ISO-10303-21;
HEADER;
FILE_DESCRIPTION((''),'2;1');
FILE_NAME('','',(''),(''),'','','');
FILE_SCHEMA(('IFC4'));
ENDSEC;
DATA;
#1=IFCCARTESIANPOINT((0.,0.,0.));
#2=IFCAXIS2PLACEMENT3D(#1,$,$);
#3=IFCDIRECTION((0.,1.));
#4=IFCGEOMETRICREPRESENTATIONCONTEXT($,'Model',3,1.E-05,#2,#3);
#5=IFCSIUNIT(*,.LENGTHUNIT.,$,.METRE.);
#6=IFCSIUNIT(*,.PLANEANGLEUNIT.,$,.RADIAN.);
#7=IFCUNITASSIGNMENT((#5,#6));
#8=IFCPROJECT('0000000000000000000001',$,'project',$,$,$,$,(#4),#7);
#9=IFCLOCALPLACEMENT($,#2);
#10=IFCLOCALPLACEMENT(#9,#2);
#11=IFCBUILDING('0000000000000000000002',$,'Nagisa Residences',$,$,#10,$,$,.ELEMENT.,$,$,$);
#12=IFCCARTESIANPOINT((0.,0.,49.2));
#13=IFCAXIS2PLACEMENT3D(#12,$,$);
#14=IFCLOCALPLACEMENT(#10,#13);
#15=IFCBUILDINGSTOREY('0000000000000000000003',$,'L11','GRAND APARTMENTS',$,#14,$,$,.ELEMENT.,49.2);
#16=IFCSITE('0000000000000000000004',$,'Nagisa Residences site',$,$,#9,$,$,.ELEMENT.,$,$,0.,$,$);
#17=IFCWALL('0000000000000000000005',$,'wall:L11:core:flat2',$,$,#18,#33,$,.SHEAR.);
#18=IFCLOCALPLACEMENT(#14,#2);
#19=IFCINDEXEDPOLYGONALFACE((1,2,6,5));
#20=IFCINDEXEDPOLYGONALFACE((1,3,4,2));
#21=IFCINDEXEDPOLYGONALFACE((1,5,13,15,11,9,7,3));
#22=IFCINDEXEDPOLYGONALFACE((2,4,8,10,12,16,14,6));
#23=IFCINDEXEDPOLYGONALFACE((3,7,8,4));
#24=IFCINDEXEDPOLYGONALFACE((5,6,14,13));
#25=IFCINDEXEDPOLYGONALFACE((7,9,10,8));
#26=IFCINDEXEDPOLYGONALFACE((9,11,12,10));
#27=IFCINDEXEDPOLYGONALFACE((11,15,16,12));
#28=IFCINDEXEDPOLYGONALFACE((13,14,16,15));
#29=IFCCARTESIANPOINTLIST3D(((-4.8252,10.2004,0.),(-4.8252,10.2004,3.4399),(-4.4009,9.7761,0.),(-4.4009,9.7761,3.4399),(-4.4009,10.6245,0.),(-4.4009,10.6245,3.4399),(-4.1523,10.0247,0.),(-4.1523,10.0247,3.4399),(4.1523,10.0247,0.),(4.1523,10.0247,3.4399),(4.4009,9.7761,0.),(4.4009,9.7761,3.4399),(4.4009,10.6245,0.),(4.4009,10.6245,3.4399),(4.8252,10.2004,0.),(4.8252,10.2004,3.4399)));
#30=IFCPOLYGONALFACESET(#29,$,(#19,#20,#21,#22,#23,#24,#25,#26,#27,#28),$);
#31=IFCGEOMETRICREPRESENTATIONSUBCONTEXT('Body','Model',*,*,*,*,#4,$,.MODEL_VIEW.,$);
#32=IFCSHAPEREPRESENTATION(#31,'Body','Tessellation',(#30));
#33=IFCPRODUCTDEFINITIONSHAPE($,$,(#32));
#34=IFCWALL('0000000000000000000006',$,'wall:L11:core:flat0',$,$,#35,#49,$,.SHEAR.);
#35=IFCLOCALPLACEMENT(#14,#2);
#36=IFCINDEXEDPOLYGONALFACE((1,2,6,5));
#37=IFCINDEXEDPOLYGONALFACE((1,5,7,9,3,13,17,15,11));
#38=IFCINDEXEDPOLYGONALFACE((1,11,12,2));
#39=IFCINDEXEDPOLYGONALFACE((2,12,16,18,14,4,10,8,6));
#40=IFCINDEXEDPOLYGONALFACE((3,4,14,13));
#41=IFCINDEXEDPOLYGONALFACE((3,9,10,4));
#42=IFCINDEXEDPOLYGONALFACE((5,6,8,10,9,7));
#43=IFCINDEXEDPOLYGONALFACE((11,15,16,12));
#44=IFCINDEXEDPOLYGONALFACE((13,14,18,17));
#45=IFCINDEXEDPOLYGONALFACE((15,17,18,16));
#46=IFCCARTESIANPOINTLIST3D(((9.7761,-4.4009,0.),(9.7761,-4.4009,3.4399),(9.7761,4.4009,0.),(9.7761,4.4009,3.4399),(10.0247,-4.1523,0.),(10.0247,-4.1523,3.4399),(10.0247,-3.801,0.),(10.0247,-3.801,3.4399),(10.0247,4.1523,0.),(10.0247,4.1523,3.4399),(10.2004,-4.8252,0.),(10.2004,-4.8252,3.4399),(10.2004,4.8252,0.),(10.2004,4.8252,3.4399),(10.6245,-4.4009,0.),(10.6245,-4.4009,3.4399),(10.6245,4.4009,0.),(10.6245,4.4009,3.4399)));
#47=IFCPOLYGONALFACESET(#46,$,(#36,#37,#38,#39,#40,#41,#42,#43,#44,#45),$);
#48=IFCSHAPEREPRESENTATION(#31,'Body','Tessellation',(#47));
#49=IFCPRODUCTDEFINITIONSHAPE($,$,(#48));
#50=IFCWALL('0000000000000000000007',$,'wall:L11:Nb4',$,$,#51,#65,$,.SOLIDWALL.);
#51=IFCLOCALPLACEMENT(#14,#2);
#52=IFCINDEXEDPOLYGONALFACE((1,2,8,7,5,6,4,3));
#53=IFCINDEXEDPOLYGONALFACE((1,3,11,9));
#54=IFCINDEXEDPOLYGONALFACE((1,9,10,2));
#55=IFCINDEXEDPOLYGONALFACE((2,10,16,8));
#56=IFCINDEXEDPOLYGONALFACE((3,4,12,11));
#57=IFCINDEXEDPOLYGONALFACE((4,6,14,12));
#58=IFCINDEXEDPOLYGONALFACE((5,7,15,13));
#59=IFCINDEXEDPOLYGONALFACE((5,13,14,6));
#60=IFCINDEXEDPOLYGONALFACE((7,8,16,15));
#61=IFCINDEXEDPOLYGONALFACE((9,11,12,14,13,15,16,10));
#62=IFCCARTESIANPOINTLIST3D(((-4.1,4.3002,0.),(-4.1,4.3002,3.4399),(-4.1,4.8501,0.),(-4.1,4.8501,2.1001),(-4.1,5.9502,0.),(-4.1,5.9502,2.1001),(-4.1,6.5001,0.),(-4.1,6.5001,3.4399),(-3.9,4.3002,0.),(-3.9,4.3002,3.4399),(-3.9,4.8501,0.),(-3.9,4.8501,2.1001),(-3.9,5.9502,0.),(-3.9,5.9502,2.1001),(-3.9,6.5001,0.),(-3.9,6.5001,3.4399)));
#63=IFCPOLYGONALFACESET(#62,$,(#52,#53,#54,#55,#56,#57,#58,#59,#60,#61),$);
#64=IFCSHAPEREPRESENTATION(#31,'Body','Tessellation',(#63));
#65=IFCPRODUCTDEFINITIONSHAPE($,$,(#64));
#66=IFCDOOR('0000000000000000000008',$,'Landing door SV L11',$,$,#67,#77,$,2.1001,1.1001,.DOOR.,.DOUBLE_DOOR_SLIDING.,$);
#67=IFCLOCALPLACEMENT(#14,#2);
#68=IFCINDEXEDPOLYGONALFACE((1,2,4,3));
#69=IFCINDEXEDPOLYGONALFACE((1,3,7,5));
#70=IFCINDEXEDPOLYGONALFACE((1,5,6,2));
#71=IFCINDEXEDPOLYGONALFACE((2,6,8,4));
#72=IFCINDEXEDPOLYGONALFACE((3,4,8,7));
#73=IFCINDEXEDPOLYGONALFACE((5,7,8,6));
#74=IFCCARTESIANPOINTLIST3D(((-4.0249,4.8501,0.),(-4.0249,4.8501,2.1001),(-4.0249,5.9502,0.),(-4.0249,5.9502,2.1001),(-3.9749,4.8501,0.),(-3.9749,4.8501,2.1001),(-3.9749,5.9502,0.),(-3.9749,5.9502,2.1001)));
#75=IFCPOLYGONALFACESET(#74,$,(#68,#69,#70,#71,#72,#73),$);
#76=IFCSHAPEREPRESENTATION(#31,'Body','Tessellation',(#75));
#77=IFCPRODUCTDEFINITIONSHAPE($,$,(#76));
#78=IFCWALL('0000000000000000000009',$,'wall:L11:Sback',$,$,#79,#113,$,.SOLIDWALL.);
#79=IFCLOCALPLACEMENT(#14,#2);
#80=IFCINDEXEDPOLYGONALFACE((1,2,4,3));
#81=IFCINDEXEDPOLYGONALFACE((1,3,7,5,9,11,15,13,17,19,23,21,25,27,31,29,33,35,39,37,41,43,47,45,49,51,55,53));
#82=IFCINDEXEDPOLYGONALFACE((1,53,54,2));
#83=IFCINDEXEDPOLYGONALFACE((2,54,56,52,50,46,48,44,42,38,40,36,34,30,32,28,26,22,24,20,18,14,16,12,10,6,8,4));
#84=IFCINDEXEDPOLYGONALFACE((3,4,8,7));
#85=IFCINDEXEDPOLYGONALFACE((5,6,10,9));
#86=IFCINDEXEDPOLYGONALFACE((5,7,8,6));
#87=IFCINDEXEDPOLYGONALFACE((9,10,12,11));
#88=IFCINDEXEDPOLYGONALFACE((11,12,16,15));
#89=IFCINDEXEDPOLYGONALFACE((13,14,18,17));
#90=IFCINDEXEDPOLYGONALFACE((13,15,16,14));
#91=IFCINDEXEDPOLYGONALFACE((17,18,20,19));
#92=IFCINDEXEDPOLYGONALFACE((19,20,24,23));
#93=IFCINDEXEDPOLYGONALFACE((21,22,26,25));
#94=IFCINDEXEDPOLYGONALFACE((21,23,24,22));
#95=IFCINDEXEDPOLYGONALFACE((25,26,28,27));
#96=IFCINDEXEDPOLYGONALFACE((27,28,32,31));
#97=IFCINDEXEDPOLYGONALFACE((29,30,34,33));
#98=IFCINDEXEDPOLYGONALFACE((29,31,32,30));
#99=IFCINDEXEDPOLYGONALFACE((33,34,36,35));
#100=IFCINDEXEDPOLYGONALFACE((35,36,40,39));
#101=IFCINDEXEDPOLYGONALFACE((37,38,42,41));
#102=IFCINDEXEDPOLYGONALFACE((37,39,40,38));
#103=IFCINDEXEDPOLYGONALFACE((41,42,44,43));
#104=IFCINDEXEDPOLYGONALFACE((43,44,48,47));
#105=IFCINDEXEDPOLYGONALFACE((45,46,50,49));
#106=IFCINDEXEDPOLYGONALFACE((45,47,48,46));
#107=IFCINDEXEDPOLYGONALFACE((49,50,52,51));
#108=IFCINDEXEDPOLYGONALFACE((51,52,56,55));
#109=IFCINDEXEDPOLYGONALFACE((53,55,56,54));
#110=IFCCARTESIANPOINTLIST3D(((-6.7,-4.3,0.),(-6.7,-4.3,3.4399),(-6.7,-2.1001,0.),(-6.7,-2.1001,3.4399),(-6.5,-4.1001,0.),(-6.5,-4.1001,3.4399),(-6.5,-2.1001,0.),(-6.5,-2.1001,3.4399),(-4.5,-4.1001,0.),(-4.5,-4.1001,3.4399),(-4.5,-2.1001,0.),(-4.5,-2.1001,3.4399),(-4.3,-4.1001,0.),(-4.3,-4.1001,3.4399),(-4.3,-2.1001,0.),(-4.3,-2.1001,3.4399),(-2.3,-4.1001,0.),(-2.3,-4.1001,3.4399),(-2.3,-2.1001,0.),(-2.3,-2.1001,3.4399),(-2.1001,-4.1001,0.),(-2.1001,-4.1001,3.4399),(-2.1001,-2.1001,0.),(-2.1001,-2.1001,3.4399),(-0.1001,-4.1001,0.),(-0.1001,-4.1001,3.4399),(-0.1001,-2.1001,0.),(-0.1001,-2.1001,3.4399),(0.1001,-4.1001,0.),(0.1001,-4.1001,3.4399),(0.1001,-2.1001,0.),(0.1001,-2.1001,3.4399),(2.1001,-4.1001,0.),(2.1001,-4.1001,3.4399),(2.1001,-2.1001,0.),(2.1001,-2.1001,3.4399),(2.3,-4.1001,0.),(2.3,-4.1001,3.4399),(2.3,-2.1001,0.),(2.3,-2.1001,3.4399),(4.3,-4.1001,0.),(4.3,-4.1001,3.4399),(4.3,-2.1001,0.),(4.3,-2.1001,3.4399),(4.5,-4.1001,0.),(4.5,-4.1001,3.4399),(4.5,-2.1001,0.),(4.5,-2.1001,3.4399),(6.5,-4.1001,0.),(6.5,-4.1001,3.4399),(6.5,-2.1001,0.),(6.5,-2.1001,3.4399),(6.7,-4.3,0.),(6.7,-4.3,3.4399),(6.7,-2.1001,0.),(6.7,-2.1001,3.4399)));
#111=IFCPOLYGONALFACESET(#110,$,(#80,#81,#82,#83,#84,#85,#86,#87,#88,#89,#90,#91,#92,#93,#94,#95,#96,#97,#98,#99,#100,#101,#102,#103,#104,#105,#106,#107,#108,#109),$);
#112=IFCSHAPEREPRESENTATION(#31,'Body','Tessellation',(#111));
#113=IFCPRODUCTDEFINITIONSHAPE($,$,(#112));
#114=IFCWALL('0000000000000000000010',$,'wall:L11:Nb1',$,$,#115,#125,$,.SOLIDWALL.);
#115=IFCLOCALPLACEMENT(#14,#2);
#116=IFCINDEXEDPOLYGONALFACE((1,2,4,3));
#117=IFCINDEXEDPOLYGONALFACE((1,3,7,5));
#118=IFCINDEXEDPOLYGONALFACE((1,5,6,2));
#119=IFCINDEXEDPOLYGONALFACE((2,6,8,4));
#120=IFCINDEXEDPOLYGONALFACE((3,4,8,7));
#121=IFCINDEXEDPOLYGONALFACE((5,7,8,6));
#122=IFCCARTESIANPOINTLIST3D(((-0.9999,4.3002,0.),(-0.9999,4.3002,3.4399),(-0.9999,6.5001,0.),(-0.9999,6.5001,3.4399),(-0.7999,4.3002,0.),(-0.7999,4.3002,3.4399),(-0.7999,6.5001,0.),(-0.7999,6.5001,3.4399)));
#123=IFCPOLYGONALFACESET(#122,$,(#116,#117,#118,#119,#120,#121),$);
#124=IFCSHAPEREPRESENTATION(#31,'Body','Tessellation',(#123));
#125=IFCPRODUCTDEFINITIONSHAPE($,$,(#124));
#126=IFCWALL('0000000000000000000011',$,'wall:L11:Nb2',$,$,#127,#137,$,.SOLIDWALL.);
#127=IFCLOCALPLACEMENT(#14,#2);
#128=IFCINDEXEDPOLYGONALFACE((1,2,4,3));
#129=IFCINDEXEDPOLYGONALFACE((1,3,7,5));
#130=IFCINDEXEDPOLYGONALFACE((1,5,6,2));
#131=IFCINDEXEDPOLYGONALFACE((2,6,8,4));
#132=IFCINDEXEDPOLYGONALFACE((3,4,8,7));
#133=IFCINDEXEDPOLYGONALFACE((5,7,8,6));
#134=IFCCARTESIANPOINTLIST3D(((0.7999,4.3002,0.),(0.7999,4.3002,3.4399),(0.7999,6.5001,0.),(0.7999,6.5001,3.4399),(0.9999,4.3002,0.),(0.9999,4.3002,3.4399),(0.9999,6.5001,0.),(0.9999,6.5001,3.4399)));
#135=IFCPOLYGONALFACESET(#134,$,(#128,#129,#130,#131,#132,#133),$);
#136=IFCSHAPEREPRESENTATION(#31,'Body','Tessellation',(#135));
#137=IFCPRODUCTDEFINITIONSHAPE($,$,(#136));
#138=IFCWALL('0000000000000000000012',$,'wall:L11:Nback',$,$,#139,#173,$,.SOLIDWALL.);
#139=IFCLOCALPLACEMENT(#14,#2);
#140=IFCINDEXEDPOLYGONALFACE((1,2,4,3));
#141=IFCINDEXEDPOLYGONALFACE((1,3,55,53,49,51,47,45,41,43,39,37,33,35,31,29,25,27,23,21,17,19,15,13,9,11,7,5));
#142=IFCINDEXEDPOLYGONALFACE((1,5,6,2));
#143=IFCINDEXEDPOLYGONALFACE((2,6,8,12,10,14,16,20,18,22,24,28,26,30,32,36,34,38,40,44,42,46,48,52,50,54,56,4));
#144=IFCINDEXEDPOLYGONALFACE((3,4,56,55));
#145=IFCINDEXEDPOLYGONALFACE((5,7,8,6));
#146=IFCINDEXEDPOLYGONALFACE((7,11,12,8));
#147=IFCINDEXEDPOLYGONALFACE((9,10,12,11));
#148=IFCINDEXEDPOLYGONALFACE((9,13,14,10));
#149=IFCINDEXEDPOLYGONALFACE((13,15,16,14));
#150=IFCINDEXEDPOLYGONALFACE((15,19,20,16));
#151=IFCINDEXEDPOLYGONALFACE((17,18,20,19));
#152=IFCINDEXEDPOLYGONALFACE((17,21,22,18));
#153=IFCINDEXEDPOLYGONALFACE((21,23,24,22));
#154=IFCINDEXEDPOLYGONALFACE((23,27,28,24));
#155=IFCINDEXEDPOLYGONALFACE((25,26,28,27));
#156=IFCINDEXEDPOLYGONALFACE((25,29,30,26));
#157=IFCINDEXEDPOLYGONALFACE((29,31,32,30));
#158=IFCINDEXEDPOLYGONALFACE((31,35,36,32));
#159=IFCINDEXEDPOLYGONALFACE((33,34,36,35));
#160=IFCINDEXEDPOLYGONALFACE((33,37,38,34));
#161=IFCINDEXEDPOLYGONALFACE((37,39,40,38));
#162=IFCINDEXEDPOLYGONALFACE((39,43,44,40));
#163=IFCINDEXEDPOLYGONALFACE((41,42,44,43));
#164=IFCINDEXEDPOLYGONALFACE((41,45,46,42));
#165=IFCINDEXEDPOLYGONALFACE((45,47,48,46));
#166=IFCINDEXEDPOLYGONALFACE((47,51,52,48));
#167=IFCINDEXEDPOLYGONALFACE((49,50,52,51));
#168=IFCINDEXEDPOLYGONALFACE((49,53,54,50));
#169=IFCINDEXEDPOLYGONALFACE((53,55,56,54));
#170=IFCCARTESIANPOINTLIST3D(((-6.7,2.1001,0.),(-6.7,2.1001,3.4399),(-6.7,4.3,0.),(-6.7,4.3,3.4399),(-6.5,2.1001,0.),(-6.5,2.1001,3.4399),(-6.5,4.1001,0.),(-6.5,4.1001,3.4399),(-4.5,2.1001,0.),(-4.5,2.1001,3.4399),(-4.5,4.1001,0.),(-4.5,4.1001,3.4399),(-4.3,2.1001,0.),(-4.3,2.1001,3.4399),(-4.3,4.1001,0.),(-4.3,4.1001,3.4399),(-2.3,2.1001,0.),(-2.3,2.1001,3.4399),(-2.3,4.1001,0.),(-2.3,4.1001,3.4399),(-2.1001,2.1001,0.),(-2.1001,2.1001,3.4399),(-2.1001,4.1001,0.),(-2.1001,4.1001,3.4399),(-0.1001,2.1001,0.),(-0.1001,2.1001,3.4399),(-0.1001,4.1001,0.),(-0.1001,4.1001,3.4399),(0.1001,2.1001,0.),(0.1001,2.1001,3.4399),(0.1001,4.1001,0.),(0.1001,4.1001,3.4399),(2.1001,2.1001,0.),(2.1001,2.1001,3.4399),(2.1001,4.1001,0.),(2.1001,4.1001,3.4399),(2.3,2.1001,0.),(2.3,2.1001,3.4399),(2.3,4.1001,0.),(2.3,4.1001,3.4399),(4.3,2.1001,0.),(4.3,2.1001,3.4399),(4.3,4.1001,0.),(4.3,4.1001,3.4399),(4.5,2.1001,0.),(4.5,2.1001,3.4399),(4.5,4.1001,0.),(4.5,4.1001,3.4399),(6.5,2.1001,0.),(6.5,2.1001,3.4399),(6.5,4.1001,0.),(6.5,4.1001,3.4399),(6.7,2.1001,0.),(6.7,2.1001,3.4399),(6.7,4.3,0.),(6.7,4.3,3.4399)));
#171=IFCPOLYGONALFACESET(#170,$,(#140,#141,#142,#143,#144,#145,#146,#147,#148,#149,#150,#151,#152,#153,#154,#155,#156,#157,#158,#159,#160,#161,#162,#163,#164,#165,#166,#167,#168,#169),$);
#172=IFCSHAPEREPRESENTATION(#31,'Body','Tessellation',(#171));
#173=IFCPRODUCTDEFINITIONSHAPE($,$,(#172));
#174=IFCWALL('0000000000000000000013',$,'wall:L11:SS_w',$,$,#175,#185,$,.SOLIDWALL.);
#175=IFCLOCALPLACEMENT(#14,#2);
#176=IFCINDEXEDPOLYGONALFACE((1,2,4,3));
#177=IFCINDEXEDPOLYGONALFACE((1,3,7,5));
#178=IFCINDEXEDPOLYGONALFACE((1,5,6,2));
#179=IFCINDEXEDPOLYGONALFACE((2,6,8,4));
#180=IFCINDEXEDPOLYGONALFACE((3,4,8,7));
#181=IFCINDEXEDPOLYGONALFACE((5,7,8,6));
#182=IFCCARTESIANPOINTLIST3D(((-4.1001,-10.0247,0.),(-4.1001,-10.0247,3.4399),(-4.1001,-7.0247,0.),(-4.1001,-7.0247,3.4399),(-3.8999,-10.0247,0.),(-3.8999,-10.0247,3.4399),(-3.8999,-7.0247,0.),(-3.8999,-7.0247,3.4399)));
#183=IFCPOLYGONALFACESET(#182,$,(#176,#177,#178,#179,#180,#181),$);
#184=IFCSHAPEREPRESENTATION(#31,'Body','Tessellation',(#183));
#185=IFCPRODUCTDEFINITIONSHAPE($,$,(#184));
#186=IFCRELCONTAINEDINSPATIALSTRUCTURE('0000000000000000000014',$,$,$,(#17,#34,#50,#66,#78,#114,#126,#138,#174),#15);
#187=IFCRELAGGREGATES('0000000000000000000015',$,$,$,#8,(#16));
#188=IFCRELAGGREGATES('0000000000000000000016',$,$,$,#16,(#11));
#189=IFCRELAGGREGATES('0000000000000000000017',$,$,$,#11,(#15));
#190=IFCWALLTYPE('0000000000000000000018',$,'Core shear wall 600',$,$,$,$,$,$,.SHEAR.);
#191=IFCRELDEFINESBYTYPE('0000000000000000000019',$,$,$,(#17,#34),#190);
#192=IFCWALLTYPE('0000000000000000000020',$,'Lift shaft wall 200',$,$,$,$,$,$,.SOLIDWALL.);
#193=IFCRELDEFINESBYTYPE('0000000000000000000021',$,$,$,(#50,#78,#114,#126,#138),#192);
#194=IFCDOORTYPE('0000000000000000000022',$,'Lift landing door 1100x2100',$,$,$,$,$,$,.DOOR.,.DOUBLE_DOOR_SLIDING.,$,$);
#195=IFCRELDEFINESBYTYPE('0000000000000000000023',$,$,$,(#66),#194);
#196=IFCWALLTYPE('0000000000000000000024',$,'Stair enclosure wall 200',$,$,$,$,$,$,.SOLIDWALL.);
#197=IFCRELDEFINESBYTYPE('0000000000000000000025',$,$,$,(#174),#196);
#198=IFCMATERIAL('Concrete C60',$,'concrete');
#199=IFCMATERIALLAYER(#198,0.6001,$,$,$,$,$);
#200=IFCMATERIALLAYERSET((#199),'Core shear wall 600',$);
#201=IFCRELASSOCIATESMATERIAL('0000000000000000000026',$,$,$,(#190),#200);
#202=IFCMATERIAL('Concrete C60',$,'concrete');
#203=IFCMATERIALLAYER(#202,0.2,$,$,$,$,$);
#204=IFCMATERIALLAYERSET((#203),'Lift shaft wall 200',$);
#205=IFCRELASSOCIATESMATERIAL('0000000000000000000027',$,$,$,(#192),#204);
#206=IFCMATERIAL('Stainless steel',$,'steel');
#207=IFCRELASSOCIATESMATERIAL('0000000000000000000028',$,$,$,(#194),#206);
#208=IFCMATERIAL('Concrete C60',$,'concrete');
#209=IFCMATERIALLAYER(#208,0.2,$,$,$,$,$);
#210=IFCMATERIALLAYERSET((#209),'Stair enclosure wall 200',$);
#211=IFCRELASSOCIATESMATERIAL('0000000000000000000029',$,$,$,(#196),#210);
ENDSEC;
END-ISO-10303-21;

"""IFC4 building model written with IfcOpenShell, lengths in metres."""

from ifc_helpers import new_model, si_unit, direction, frame, frame_2d, origin, place, context, subcontext, project, spatial, polyline, rectangle, outline, extrude, material, layer, layer_set, type_object, element, fill, save


model = new_model("IFC4")

# Units and contexts
model_context = context("Model", 3, precision=1e-05, world=origin(), true_north=direction((0.0, 1.0)))
body_context = subcontext(model_context, "Body", "Model", "MODEL_VIEW")
ifc_project = project(units=[si_unit("LENGTHUNIT", "METRE"), si_unit("PLANEANGLEUNIT", "RADIAN")], contexts=[model_context])

# Site, building, storey
site_placement = place(None, origin())
site = spatial("IfcSite", under=ifc_project, at=site_placement, Name="Nagisa Residences site", CompositionType="ELEMENT", RefElevation=0.0)
building_placement = place(site_placement, origin())
building = spatial("IfcBuilding", under=site, at=building_placement, Name="Nagisa Residences", CompositionType="ELEMENT")
storey_placement = place(building_placement, frame((0.0, 0.0, 49.2)))
storey = spatial("IfcBuildingStorey", under=building, at=storey_placement, Name="L11", Description="GRAND APARTMENTS", CompositionType="ELEMENT", Elevation=49.2)

# Shared definitions
ifc_material_1 = material(Name="Concrete C60", Category="concrete")
ifc_layer_1 = layer(ifc_material_1, 0.6001)
ifc_layer_set_1 = layer_set([ifc_layer_1], Name="Core shear wall 600")
wall_type_1 = type_object("IfcWallType", Name="Core shear wall 600", PredefinedType="SHEAR", material=ifc_layer_set_1)

# Walls
wall_1_placement = place(storey_placement, origin())
element("IfcWall", 1, at=wall_1_placement, inside=storey, type_object=wall_type_1, Name="wall:L11:core:flat2", PredefinedType="SHEAR", context=body_context, shape_type="SweptSolid", body=[
    extrude(outline(polyline([(-4.1523, 10.0247), (-4.4009, 9.7761), (-4.8252, 10.2004), (-4.4009, 10.6245), (4.4009, 10.6245), (4.8252, 10.2004), (4.4009, 9.7761), (4.1523, 10.0247), (-4.1523, 10.0247)])), origin(), (0.0, 0.0, 1.0), 3.4399),
])
wall_2_placement = place(storey_placement, origin())
element("IfcWall", 2, at=wall_2_placement, inside=storey, type_object=wall_type_1, Name="wall:L11:core:flat0", PredefinedType="SHEAR", context=body_context, shape_type="SweptSolid", body=[
    extrude(outline(polyline([(9.7761, -4.4009), (10.0247, -4.1523), (10.0247, -3.801), (10.0247, 4.1523), (9.7761, 4.4009), (10.2004, 4.8252), (10.6245, 4.4009), (10.6245, -4.4009), (10.2004, -4.8252), (9.7761, -4.4009)])), origin(), (0.0, 0.0, 1.0), 3.4399),
])

# Wall, opening, door
ifc_material_2 = material(Name="Concrete C60", Category="concrete")
ifc_layer_2 = layer(ifc_material_2, 0.2)
ifc_layer_set_2 = layer_set([ifc_layer_2], Name="Lift shaft wall 200")
wall_type_2 = type_object("IfcWallType", Name="Lift shaft wall 200", PredefinedType="SOLIDWALL", material=ifc_layer_set_2)
wall_3_placement = place(storey_placement, frame((-4.0, 4.3, 0.0), z_axis=(0.0, 0.0, 1.0), x_axis=(0.0, 1.0, 0.0)))
wall_3 = element("IfcWall", 3, at=wall_3_placement, inside=storey, type_object=wall_type_2, Name="wall:L11:Nb4", PredefinedType="SOLIDWALL", context=body_context, shape_type="SweptSolid", body=[
    extrude(rectangle(XDim=2.2, YDim=0.2, at=frame_2d((1.1001, 0.0))), origin(), (0.0, 0.0, 1.0), 3.4399),
])
opening_1_placement = place(wall_3_placement, frame((0.55, 0.0, 0.0)))
opening_1 = element("IfcOpeningElement", 4, at=opening_1_placement, cuts=wall_3, PredefinedType="OPENING", context=body_context, shape_type="SweptSolid", body=[
    extrude(rectangle(XDim=1.1001, YDim=2.1001, at=frame_2d((0.55, 1.05))), frame((0.0, 0.1099, 0.0), z_axis=(0.0, -1.0, 0.0), x_axis=(1.0, 0.0, 0.0)), (0.0, 0.0, 1.0), 0.22),
])
ifc_material_3 = material(Name="Stainless steel", Category="steel")
door_type_1 = type_object("IfcDoorType", Name="Lift landing door 1100x2100", OperationType="DOUBLE_DOOR_SLIDING", PredefinedType="DOOR", material=ifc_material_3)
door_1_placement = place(opening_1_placement, origin())
door_1 = element("IfcDoor", 5, at=door_1_placement, inside=storey, type_object=door_type_1, Name="Landing door SV L11", OperationType="DOUBLE_DOOR_SLIDING", OverallHeight=2.1001, OverallWidth=1.1001, PredefinedType="DOOR", context=body_context, shape_type="SweptSolid", body=[
    extrude(rectangle(XDim=1.1001, YDim=2.1001, at=frame_2d((0.55, 1.05))), frame((0.0, 0.0249, 0.0), z_axis=(0.0, -1.0, 0.0), x_axis=(1.0, 0.0, 0.0)), (0.0, 0.0, 1.0), 0.05),
])
fill(opening_1, door_1)

# Walls
wall_4_placement = place(storey_placement, origin())
element("IfcWall", 6, at=wall_4_placement, inside=storey, type_object=wall_type_2, Name="wall:L11:Sback", PredefinedType="SOLIDWALL", context=body_context, shape_type="SweptSolid", body=[
    extrude(outline(polyline([(-6.7, -2.1001), (-6.5, -2.1001), (-6.5, -4.1001), (-4.5, -4.1001), (-4.5, -2.1001), (-4.3, -2.1001), (-4.3, -4.1001), (-2.3, -4.1001), (-2.3, -2.1001), (-2.1001, -2.1001), (-2.1001, -4.1001), (-0.1001, -4.1001), (-0.1001, -2.1001), (0.1001, -2.1001), (0.1001, -4.1001), (2.1001, -4.1001), (2.1001, -2.1001), (2.3, -2.1001), (2.3, -4.1001), (4.3, -4.1001), (4.3, -2.1001), (4.5, -2.1001), (4.5, -4.1001), (6.5, -4.1001), (6.5, -2.1001), (6.7, -2.1001), (6.7, -4.3), (-6.7, -4.3), (-6.7, -2.1001)])), origin(), (0.0, 0.0, 1.0), 3.4399),
])
for number, where, z_axis, x_axis, name in (
    (7, (-0.8999, 4.3, 0.0), (0.0, 0.0, 1.0), (0.0, 1.0, 0.0), "wall:L11:Nb1"),
    (8, (0.8999, 4.3, 0.0), (0.0, 0.0, 1.0), (0.0, 1.0, 0.0), "wall:L11:Nb2"),
):
    element("IfcWall", number, at=place(storey_placement, frame(where, z_axis=z_axis, x_axis=x_axis)), inside=storey, type_object=wall_type_2, Name=name, PredefinedType="SOLIDWALL", context=body_context, shape_type="SweptSolid", body=[
        extrude(rectangle(XDim=2.2, YDim=0.2, at=frame_2d((1.1001, 0.0))), origin(), (0.0, 0.0, 1.0), 3.4399),
    ])
wall_5_placement = place(storey_placement, origin())
element("IfcWall", 9, at=wall_5_placement, inside=storey, type_object=wall_type_2, Name="wall:L11:Nback", PredefinedType="SOLIDWALL", context=body_context, shape_type="SweptSolid", body=[
    extrude(outline(polyline([(-6.5, 2.1001), (-6.7, 2.1001), (-6.7, 4.3), (6.7, 4.3), (6.7, 2.1001), (6.5, 2.1001), (6.5, 4.1001), (4.5, 4.1001), (4.5, 2.1001), (4.3, 2.1001), (4.3, 4.1001), (2.3, 4.1001), (2.3, 2.1001), (2.1001, 2.1001), (2.1001, 4.1001), (0.1001, 4.1001), (0.1001, 2.1001), (-0.1001, 2.1001), (-0.1001, 4.1001), (-2.1001, 4.1001), (-2.1001, 2.1001), (-2.3, 2.1001), (-2.3, 4.1001), (-4.3, 4.1001), (-4.3, 2.1001), (-4.5, 2.1001), (-4.5, 4.1001), (-6.5, 4.1001), (-6.5, 2.1001)])), origin(), (0.0, 0.0, 1.0), 3.4399),
])
ifc_material_4 = material(Name="Concrete C60", Category="concrete")
ifc_layer_3 = layer(ifc_material_4, 0.2)
ifc_layer_set_3 = layer_set([ifc_layer_3], Name="Stair enclosure wall 200")
wall_type_3 = type_object("IfcWallType", Name="Stair enclosure wall 200", PredefinedType="SOLIDWALL", material=ifc_layer_set_3)
wall_6_placement = place(storey_placement, origin())
element("IfcWall", 10, at=wall_6_placement, inside=storey, type_object=wall_type_3, Name="wall:L11:SS_w", PredefinedType="SOLIDWALL", context=body_context, shape_type="SweptSolid", body=[
    extrude(outline(polyline([(-3.8999, -10.0247), (-4.1001, -10.0247), (-4.1001, -7.0247), (-3.8999, -7.0247), (-3.8999, -10.0247)])), origin(), (0.0, 0.0, 1.0), 3.4399),
])

save(model, "model.ifc")
